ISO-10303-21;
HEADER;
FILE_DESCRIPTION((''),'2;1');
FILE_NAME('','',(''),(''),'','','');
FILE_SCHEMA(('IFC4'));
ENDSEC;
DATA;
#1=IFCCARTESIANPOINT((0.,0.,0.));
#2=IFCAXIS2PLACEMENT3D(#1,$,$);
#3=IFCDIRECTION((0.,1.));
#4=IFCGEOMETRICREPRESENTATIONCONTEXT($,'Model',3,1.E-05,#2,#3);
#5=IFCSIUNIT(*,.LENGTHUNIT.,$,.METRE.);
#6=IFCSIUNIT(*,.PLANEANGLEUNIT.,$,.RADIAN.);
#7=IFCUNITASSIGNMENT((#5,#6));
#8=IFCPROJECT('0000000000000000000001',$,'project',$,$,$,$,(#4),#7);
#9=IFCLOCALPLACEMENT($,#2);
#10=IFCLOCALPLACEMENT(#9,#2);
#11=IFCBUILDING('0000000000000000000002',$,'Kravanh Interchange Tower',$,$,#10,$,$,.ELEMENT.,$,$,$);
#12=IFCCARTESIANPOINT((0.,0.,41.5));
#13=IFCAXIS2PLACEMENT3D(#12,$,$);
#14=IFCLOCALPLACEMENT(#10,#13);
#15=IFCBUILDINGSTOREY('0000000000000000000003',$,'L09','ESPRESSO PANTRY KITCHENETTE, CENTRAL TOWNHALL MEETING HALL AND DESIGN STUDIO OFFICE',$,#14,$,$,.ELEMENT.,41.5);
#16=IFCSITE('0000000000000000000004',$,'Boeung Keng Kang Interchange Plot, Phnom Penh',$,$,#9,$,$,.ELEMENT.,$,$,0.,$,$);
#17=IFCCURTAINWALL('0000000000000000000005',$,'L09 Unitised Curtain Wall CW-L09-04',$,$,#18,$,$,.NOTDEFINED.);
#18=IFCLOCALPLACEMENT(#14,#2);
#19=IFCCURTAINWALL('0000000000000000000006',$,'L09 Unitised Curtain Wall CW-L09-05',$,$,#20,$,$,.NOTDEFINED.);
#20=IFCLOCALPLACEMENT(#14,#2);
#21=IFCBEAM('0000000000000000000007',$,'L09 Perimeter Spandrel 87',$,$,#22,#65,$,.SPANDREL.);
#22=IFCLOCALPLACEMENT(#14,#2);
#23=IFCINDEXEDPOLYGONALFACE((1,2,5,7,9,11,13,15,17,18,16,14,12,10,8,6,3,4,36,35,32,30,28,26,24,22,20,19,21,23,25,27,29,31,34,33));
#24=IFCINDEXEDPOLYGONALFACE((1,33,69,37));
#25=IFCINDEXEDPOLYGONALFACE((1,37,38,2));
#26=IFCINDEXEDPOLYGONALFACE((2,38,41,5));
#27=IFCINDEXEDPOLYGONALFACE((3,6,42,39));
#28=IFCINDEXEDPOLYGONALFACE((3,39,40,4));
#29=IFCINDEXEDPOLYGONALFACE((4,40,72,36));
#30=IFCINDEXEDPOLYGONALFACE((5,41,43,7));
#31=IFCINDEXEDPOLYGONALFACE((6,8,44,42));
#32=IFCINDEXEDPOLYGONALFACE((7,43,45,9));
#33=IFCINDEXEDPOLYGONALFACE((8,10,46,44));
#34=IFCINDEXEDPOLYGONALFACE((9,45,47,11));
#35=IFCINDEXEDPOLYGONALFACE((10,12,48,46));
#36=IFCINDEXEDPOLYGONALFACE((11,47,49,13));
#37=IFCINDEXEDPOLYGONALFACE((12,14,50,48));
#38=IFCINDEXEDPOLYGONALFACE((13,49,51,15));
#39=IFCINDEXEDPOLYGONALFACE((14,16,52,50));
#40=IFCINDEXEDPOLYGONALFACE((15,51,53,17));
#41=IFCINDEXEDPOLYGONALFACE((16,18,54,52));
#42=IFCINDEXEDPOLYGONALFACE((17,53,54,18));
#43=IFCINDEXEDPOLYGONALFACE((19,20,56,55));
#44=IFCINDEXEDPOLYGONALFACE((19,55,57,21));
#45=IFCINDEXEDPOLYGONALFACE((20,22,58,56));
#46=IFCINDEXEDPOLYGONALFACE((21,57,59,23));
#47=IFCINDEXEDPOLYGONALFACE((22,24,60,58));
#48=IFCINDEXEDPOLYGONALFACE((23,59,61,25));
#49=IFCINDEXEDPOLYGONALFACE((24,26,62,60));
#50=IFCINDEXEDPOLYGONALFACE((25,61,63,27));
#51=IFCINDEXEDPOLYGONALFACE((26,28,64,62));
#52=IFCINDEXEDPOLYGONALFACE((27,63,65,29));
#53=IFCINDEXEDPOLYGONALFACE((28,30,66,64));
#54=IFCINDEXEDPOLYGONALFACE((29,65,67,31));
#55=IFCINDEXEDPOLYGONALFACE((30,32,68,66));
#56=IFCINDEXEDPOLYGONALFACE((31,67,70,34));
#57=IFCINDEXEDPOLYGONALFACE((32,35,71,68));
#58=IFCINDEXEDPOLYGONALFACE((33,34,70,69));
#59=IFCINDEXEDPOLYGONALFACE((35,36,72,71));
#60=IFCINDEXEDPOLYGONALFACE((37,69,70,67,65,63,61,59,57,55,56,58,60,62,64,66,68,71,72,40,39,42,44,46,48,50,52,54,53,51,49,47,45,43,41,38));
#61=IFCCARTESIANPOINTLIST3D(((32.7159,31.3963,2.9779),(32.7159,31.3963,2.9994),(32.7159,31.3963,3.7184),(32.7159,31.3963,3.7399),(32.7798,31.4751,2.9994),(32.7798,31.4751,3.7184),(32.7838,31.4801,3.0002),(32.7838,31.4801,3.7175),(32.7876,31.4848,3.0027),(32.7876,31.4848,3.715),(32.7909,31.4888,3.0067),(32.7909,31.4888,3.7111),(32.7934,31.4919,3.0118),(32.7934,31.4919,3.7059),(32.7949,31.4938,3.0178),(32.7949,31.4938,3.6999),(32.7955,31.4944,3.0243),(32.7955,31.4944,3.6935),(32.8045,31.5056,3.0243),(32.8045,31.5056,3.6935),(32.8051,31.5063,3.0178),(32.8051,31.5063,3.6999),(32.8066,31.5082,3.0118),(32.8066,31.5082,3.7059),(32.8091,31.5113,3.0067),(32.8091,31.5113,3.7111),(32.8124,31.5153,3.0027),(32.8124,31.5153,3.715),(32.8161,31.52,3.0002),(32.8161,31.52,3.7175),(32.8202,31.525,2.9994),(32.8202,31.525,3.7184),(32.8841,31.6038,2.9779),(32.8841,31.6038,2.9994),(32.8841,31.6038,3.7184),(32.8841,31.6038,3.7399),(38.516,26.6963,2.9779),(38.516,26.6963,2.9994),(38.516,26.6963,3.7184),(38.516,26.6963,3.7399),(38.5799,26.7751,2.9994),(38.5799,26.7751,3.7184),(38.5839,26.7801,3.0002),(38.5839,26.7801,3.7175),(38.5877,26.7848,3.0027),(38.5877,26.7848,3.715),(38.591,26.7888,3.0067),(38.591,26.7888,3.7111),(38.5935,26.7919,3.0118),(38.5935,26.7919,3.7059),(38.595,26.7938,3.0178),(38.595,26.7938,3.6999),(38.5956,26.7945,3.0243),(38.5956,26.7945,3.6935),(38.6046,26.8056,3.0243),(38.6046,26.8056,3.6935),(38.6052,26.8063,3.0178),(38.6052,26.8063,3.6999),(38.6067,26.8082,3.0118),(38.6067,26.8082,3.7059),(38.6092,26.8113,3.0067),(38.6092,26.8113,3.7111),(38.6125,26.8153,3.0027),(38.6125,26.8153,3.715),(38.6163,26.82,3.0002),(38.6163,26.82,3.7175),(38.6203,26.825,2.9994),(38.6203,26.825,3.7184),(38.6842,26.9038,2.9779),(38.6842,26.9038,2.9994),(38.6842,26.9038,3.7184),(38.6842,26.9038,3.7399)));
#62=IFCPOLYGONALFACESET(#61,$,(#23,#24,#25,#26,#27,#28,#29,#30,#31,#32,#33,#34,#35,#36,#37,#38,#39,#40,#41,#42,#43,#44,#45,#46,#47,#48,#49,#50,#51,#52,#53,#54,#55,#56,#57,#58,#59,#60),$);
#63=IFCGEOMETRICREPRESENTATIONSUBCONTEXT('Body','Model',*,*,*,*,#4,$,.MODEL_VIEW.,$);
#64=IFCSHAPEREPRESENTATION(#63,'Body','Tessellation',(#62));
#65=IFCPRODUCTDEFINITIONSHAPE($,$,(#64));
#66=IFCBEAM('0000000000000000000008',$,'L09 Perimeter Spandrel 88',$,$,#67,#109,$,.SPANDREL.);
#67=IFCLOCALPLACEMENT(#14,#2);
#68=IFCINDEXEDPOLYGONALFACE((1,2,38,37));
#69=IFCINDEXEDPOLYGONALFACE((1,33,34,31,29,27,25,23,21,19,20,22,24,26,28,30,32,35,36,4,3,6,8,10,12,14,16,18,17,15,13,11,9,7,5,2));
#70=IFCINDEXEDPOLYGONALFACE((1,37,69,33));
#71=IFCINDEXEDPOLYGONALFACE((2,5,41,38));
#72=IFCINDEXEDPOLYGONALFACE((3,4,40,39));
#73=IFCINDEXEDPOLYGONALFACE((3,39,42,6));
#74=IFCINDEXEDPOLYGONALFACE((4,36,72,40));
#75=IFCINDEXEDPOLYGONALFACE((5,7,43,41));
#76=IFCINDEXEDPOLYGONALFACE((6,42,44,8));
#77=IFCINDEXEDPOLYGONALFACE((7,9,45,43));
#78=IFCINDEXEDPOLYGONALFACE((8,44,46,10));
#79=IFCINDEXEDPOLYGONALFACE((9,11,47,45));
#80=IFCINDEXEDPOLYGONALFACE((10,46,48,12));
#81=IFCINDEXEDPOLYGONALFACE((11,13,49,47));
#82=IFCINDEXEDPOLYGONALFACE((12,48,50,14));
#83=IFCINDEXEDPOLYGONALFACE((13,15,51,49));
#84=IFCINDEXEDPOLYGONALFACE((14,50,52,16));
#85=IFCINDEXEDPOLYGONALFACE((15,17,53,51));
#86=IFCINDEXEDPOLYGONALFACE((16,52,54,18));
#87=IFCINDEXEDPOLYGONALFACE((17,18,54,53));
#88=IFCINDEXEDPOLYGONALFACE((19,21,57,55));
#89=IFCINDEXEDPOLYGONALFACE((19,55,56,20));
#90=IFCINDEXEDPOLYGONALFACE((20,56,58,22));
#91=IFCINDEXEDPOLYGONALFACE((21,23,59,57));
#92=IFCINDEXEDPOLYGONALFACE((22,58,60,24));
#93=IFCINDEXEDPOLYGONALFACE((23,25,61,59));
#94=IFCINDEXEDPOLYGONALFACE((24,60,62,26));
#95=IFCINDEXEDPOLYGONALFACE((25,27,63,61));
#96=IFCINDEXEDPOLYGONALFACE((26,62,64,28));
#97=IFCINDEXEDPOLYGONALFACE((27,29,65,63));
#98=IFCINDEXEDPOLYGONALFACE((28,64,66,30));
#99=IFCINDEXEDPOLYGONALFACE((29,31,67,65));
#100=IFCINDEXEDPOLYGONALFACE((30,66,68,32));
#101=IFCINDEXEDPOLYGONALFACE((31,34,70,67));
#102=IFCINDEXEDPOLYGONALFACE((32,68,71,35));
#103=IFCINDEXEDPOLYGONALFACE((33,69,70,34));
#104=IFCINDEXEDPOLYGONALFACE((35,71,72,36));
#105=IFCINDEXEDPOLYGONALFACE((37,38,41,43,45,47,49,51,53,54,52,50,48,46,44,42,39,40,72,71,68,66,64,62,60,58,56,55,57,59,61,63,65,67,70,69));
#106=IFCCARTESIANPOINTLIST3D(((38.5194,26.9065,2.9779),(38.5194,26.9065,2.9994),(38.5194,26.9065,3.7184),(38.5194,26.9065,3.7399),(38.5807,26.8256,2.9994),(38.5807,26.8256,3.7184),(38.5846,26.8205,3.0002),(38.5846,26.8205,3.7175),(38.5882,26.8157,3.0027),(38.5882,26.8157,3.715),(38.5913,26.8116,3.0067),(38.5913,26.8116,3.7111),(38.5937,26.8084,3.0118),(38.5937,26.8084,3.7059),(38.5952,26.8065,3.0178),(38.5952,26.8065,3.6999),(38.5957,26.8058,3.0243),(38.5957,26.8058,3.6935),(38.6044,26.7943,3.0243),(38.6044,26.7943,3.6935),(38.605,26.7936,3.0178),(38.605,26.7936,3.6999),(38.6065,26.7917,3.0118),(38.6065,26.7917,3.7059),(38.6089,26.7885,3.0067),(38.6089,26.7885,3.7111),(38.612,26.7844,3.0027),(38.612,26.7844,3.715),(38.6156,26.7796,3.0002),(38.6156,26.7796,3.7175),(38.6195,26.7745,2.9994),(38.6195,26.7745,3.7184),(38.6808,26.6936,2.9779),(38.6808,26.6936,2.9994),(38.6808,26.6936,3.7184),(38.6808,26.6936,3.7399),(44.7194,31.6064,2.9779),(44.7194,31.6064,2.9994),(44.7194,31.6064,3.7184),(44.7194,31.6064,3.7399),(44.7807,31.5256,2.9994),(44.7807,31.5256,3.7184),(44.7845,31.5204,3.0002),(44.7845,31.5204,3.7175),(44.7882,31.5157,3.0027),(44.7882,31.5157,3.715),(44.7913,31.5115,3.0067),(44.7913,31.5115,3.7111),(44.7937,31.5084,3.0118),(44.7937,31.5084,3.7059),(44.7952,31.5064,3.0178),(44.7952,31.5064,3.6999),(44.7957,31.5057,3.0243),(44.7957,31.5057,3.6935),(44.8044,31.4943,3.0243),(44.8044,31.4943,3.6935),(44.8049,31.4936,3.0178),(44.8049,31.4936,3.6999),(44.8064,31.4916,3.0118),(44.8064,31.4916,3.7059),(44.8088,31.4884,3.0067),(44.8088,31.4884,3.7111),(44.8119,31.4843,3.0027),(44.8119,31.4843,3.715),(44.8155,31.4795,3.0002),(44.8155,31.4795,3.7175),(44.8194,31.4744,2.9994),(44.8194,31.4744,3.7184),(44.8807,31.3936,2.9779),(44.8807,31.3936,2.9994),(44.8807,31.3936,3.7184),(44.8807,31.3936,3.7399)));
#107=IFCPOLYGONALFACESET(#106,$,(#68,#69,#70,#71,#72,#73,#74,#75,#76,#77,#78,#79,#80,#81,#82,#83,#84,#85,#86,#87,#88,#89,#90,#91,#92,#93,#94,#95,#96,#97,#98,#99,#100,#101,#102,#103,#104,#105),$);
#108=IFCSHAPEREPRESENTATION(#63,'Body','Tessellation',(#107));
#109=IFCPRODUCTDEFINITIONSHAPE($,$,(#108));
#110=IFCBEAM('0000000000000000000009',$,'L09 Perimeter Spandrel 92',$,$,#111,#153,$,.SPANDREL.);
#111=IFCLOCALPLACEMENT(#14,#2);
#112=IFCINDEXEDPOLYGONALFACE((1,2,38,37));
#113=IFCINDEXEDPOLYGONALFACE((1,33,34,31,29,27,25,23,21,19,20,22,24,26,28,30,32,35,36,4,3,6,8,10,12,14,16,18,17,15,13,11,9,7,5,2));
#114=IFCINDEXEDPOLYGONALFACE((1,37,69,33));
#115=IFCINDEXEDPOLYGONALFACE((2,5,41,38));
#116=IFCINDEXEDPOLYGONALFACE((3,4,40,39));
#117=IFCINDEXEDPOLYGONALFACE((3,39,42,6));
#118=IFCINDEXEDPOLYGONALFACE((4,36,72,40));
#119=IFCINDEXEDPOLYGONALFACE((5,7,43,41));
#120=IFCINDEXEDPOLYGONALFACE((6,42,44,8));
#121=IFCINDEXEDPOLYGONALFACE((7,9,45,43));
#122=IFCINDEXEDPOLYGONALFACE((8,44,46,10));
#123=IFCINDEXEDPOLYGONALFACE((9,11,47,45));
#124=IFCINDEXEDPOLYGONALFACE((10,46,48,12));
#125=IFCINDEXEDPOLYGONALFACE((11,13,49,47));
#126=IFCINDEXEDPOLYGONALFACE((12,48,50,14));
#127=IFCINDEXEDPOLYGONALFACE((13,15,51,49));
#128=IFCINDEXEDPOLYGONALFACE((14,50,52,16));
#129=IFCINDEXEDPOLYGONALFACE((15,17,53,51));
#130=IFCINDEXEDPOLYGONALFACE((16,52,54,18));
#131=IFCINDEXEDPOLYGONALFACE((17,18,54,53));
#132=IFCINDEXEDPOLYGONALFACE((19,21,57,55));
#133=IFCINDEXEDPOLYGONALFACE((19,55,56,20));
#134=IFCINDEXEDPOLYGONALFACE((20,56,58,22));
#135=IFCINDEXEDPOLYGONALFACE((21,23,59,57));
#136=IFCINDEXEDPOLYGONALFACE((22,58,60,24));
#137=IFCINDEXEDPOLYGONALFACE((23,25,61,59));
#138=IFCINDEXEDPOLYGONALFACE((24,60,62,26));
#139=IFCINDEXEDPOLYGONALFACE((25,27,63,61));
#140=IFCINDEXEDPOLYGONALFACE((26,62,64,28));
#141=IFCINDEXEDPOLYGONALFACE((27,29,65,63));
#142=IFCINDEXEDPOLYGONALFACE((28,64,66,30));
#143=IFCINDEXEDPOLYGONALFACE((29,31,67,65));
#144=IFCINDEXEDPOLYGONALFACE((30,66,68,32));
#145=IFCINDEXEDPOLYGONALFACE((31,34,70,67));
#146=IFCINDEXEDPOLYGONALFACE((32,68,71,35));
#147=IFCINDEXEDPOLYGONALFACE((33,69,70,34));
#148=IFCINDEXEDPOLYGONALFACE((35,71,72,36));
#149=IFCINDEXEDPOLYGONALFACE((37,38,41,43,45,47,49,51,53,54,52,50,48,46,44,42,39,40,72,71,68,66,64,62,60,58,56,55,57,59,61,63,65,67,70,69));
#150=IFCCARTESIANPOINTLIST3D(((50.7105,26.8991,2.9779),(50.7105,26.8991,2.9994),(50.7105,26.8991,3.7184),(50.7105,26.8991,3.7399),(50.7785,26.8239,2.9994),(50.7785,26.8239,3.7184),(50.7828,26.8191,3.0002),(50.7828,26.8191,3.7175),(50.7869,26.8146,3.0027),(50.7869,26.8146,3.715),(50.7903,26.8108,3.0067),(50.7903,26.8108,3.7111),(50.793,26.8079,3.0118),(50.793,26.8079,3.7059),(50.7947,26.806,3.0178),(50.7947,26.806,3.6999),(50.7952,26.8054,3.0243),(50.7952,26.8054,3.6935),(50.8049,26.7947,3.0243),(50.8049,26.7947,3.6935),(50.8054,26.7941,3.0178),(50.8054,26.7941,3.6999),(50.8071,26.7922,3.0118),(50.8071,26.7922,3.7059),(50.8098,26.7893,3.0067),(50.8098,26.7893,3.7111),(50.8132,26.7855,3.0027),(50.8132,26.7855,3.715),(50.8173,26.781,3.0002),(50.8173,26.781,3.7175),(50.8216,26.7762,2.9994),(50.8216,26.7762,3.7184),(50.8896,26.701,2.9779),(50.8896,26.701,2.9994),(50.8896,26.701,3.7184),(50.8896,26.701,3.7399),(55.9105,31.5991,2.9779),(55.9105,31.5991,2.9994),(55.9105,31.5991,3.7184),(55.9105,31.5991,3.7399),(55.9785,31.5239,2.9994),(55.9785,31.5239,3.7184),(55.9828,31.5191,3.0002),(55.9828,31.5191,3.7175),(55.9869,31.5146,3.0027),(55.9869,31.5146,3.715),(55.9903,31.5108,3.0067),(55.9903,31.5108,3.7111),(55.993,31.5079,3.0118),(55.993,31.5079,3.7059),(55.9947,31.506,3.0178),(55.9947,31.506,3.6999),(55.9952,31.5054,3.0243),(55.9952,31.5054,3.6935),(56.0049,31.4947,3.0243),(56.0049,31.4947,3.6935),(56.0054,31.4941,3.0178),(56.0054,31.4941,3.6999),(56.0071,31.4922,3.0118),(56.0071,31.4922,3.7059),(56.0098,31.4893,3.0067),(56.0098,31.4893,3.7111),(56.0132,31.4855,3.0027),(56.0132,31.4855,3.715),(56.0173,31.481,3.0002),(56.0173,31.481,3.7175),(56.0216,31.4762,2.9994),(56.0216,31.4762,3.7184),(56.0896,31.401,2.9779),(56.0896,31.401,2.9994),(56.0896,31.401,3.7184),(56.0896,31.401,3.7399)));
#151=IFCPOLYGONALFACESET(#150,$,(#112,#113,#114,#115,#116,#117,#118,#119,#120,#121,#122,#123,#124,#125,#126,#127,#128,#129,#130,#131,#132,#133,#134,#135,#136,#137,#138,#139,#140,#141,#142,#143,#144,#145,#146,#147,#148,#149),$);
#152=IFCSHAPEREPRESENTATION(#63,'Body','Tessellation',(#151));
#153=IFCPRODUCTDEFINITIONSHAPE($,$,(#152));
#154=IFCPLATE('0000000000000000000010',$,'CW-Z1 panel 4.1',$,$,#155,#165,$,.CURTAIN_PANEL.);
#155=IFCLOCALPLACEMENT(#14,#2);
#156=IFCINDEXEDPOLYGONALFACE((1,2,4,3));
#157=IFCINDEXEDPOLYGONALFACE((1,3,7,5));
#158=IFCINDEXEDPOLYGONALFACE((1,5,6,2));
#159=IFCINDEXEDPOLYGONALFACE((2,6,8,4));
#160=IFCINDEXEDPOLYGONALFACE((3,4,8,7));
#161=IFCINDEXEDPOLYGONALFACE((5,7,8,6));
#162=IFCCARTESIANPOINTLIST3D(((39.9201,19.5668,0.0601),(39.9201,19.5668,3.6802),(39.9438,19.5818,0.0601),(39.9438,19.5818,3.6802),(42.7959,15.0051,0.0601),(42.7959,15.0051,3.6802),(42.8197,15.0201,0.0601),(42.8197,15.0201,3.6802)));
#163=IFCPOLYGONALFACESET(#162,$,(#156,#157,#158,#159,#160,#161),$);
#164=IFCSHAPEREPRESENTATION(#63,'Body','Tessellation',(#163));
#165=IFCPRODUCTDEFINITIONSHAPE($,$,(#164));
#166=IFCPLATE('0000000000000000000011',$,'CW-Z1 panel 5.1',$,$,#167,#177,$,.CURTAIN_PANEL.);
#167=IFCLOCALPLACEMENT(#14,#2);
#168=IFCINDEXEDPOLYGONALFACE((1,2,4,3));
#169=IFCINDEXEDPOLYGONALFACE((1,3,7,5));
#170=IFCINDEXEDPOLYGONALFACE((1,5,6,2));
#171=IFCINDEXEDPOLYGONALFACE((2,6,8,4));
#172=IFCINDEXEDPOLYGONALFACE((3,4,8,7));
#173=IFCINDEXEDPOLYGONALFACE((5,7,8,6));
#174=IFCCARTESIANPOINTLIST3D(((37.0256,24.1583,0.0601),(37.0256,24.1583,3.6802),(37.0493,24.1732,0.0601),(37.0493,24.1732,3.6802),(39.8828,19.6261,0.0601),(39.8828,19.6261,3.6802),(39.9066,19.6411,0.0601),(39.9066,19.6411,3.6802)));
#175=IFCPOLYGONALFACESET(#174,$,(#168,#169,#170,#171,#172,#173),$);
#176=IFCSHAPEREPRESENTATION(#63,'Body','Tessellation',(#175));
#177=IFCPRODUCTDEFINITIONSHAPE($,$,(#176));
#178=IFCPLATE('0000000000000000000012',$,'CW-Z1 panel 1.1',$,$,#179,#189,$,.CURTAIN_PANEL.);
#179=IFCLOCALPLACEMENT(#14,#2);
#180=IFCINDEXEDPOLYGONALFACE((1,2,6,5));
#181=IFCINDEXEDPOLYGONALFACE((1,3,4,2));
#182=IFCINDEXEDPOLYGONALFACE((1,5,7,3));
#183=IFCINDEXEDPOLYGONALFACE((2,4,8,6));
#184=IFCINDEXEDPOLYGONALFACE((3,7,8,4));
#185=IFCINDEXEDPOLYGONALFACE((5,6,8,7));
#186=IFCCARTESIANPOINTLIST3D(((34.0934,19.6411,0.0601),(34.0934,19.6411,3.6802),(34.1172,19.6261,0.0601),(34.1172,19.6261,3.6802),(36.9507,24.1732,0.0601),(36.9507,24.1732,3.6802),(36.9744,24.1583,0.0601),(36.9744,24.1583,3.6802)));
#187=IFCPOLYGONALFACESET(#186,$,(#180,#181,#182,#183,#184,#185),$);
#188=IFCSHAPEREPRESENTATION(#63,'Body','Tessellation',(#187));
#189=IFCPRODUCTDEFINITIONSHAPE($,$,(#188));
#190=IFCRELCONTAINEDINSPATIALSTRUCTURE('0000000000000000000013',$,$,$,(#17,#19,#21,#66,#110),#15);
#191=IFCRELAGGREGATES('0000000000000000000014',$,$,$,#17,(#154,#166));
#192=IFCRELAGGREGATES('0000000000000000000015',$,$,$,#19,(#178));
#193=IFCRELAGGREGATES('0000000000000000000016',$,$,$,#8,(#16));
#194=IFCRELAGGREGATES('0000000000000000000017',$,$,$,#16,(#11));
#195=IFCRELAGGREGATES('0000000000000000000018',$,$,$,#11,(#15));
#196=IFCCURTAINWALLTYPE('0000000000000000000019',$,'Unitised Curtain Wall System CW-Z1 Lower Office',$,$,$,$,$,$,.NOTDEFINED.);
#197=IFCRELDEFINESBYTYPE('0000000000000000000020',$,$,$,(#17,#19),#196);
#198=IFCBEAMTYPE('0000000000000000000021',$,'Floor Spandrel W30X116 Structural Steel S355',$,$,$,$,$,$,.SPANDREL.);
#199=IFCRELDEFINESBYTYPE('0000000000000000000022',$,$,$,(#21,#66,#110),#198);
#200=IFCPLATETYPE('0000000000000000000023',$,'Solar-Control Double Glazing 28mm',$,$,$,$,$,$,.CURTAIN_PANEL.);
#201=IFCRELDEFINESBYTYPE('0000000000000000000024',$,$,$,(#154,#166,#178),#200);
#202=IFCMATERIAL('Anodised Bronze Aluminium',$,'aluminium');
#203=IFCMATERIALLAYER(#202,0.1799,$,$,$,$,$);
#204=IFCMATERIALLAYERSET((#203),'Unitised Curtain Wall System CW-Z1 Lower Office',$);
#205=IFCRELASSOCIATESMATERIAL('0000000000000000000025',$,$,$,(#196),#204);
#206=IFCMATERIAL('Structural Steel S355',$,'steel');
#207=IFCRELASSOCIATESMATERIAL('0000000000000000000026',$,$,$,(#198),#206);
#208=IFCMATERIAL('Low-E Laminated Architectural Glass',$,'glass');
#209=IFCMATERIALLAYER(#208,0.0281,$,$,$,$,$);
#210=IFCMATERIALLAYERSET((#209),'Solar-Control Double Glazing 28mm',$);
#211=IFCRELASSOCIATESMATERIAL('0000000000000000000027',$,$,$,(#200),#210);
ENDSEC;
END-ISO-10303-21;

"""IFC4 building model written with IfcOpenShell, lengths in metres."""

from ifc_helpers import new_model, si_unit, direction, frame, origin, origin_2d, place, context, subcontext, project, spatial, rectangle, i_section, extrude, material, layer, layer_set, material_profile, profile_set, type_object, element, aggregate, save


model = new_model("IFC4")

# Units and contexts
model_context = context("Model", 3, precision=1e-05, world=origin(), true_north=direction((0.0, 1.0)))
body_context = subcontext(model_context, "Body", "Model", "MODEL_VIEW")
ifc_project = project(units=[si_unit("LENGTHUNIT", "METRE"), si_unit("PLANEANGLEUNIT", "RADIAN")], contexts=[model_context])

# Site, building, storey
site_placement = place(None, origin())
site = spatial("IfcSite", under=ifc_project, at=site_placement, Name="Boeung Keng Kang Interchange Plot, Phnom Penh", CompositionType="ELEMENT", RefElevation=0.0)
building_placement = place(site_placement, origin())
building = spatial("IfcBuilding", under=site, at=building_placement, Name="Kravanh Interchange Tower", CompositionType="ELEMENT")
storey_placement = place(building_placement, frame((0.0, 0.0, 41.5)))
storey = spatial("IfcBuildingStorey", under=building, at=storey_placement, Name="L09", Description="ESPRESSO PANTRY KITCHENETTE, CENTRAL TOWNHALL MEETING HALL AND DESIGN STUDIO OFFICE", CompositionType="ELEMENT", Elevation=41.5)

# Curtain walls
ifc_material_1 = material(Name="Anodised Bronze Aluminium", Category="aluminium")
ifc_layer_1 = layer(ifc_material_1, 0.1799)
ifc_layer_set_1 = layer_set([ifc_layer_1], Name="Unitised Curtain Wall System CW-Z1 Lower Office")
curtain_wall_type = type_object("IfcCurtainWallType", Name="Unitised Curtain Wall System CW-Z1 Lower Office", PredefinedType="NOTDEFINED", material=ifc_layer_set_1)
curtain_wall_1_placement = place(storey_placement, origin())
curtain_wall_1 = element("IfcCurtainWall", 1, at=curtain_wall_1_placement, inside=storey, type_object=curtain_wall_type, Name="L09 Unitised Curtain Wall CW-L09-04", PredefinedType="NOTDEFINED")
curtain_wall_2_placement = place(storey_placement, origin())
curtain_wall_2 = element("IfcCurtainWall", 2, at=curtain_wall_2_placement, inside=storey, type_object=curtain_wall_type, Name="L09 Unitised Curtain Wall CW-L09-05", PredefinedType="NOTDEFINED")

# Beams
ifc_material_2 = material(Name="Structural Steel S355", Category="steel")
ifc_material_profile_1 = material_profile(ifc_material_2, i_section(OverallWidth=0.2671, OverallDepth=0.762, WebThickness=0.0144, FlangeThickness=0.0215, FilletRadius=0.0249, at=origin_2d()), Name="W30X116")
ifc_profile_set_1 = profile_set([ifc_material_profile_1], Name="Structural Steel S355")
beam_type_1 = type_object("IfcBeamType", Name="Floor Spandrel W30X116 Structural Steel S355", PredefinedType="SPANDREL", material=ifc_profile_set_1)
for number, where, z_axis, x_axis, name in (
    (3, (38.6001, 26.8, 3.3589), (-0.776939, 0.629576, 0.0), (-0.629576, -0.776939, 0.0), "L09 Perimeter Spandrel 87"),
):
    element("IfcBeam", number, at=place(storey_placement, frame(where, z_axis=z_axis, x_axis=x_axis)), inside=storey, type_object=beam_type_1, Name=name, PredefinedType="SPANDREL", context=body_context, shape_type="SweptSolid", body=[
        extrude(i_section(OverallWidth=0.2671, OverallDepth=0.762, WebThickness=0.0144, FlangeThickness=0.0215, FilletRadius=0.0249, at=origin_2d()), origin(), (0.0, 0.0, 1.0), 7.4653),
    ])
beam_1_placement = place(storey_placement, frame((38.6001, 26.8, 3.3589), z_axis=(0.796905, 0.604104, 0.0), x_axis=(-0.604104, 0.796905, 0.0)))
element("IfcBeam", 4, at=beam_1_placement, inside=storey, type_object=beam_type_1, Name="L09 Perimeter Spandrel 88", PredefinedType="SPANDREL", context=body_context, shape_type="SweptSolid", body=[
    extrude(i_section(OverallWidth=0.2671, OverallDepth=0.762, WebThickness=0.0144, FlangeThickness=0.0215, FilletRadius=0.0249, at=origin_2d()), origin(), (0.0, 0.0, 1.0), 7.78),
])
beam_2_placement = place(storey_placement, frame((50.8, 26.8, 3.3589), z_axis=(0.741874, 0.670539, 0.0), x_axis=(-0.670539, 0.741874, 0.0)))
element("IfcBeam", 5, at=beam_2_placement, inside=storey, type_object=beam_type_1, Name="L09 Perimeter Spandrel 92", PredefinedType="SPANDREL", context=body_context, shape_type="SweptSolid", body=[
    extrude(i_section(OverallWidth=0.2671, OverallDepth=0.762, WebThickness=0.0144, FlangeThickness=0.0215, FilletRadius=0.0249, at=origin_2d()), origin(), (0.0, 0.0, 1.0), 7.0093),
])

# Plates
ifc_material_3 = material(Name="Low-E Laminated Architectural Glass", Category="glass")
ifc_layer_2 = layer(ifc_material_3, 0.0281)
ifc_layer_set_2 = layer_set([ifc_layer_2], Name="Solar-Control Double Glazing 28mm")
plate_type = type_object("IfcPlateType", Name="Solar-Control Double Glazing 28mm", PredefinedType="CURTAIN_PANEL", material=ifc_layer_set_2)
plate_1_placement = place(storey_placement, frame((41.3699, 17.2935, 0.0601), z_axis=(0.0, 0.0, 1.0), x_axis=(-0.533301, 0.845926, 0.0)))
plate_1 = element("IfcPlate", 6, at=plate_1_placement, type_object=plate_type, Name="CW-Z1 panel 4.1", PredefinedType="CURTAIN_PANEL", context=body_context, shape_type="SweptSolid", body=[
    extrude(rectangle(XDim=5.3926, YDim=0.0281, at=origin_2d()), origin(), (0.0, 0.0, 1.0), 3.6201),
])
plate_2_placement = place(storey_placement, frame((38.4661, 21.8997, 0.0601), z_axis=(0.0, 0.0, 1.0), x_axis=(-0.533301, 0.845926, 0.0)))
plate_2 = element("IfcPlate", 7, at=plate_2_placement, type_object=plate_type, Name="CW-Z1 panel 5.1", PredefinedType="CURTAIN_PANEL", context=body_context, shape_type="SweptSolid", body=[
    extrude(rectangle(XDim=5.3577, YDim=0.0281, at=origin_2d()), origin(), (0.0, 0.0, 1.0), 3.6201),
])
aggregate(curtain_wall_1, [plate_1, plate_2])
plate_3_placement = place(storey_placement, frame((35.5339, 21.8997, 0.0601), z_axis=(0.0, 0.0, 1.0), x_axis=(-0.533301, -0.845926, 0.0)))
plate_3 = element("IfcPlate", 8, at=plate_3_placement, type_object=plate_type, Name="CW-Z1 panel 1.1", PredefinedType="CURTAIN_PANEL", context=body_context, shape_type="SweptSolid", body=[
    extrude(rectangle(XDim=5.3577, YDim=0.0281, at=origin_2d()), origin(), (0.0, 0.0, 1.0), 3.6201),
])
aggregate(curtain_wall_2, [plate_3])

save(model, "model.ifc")
